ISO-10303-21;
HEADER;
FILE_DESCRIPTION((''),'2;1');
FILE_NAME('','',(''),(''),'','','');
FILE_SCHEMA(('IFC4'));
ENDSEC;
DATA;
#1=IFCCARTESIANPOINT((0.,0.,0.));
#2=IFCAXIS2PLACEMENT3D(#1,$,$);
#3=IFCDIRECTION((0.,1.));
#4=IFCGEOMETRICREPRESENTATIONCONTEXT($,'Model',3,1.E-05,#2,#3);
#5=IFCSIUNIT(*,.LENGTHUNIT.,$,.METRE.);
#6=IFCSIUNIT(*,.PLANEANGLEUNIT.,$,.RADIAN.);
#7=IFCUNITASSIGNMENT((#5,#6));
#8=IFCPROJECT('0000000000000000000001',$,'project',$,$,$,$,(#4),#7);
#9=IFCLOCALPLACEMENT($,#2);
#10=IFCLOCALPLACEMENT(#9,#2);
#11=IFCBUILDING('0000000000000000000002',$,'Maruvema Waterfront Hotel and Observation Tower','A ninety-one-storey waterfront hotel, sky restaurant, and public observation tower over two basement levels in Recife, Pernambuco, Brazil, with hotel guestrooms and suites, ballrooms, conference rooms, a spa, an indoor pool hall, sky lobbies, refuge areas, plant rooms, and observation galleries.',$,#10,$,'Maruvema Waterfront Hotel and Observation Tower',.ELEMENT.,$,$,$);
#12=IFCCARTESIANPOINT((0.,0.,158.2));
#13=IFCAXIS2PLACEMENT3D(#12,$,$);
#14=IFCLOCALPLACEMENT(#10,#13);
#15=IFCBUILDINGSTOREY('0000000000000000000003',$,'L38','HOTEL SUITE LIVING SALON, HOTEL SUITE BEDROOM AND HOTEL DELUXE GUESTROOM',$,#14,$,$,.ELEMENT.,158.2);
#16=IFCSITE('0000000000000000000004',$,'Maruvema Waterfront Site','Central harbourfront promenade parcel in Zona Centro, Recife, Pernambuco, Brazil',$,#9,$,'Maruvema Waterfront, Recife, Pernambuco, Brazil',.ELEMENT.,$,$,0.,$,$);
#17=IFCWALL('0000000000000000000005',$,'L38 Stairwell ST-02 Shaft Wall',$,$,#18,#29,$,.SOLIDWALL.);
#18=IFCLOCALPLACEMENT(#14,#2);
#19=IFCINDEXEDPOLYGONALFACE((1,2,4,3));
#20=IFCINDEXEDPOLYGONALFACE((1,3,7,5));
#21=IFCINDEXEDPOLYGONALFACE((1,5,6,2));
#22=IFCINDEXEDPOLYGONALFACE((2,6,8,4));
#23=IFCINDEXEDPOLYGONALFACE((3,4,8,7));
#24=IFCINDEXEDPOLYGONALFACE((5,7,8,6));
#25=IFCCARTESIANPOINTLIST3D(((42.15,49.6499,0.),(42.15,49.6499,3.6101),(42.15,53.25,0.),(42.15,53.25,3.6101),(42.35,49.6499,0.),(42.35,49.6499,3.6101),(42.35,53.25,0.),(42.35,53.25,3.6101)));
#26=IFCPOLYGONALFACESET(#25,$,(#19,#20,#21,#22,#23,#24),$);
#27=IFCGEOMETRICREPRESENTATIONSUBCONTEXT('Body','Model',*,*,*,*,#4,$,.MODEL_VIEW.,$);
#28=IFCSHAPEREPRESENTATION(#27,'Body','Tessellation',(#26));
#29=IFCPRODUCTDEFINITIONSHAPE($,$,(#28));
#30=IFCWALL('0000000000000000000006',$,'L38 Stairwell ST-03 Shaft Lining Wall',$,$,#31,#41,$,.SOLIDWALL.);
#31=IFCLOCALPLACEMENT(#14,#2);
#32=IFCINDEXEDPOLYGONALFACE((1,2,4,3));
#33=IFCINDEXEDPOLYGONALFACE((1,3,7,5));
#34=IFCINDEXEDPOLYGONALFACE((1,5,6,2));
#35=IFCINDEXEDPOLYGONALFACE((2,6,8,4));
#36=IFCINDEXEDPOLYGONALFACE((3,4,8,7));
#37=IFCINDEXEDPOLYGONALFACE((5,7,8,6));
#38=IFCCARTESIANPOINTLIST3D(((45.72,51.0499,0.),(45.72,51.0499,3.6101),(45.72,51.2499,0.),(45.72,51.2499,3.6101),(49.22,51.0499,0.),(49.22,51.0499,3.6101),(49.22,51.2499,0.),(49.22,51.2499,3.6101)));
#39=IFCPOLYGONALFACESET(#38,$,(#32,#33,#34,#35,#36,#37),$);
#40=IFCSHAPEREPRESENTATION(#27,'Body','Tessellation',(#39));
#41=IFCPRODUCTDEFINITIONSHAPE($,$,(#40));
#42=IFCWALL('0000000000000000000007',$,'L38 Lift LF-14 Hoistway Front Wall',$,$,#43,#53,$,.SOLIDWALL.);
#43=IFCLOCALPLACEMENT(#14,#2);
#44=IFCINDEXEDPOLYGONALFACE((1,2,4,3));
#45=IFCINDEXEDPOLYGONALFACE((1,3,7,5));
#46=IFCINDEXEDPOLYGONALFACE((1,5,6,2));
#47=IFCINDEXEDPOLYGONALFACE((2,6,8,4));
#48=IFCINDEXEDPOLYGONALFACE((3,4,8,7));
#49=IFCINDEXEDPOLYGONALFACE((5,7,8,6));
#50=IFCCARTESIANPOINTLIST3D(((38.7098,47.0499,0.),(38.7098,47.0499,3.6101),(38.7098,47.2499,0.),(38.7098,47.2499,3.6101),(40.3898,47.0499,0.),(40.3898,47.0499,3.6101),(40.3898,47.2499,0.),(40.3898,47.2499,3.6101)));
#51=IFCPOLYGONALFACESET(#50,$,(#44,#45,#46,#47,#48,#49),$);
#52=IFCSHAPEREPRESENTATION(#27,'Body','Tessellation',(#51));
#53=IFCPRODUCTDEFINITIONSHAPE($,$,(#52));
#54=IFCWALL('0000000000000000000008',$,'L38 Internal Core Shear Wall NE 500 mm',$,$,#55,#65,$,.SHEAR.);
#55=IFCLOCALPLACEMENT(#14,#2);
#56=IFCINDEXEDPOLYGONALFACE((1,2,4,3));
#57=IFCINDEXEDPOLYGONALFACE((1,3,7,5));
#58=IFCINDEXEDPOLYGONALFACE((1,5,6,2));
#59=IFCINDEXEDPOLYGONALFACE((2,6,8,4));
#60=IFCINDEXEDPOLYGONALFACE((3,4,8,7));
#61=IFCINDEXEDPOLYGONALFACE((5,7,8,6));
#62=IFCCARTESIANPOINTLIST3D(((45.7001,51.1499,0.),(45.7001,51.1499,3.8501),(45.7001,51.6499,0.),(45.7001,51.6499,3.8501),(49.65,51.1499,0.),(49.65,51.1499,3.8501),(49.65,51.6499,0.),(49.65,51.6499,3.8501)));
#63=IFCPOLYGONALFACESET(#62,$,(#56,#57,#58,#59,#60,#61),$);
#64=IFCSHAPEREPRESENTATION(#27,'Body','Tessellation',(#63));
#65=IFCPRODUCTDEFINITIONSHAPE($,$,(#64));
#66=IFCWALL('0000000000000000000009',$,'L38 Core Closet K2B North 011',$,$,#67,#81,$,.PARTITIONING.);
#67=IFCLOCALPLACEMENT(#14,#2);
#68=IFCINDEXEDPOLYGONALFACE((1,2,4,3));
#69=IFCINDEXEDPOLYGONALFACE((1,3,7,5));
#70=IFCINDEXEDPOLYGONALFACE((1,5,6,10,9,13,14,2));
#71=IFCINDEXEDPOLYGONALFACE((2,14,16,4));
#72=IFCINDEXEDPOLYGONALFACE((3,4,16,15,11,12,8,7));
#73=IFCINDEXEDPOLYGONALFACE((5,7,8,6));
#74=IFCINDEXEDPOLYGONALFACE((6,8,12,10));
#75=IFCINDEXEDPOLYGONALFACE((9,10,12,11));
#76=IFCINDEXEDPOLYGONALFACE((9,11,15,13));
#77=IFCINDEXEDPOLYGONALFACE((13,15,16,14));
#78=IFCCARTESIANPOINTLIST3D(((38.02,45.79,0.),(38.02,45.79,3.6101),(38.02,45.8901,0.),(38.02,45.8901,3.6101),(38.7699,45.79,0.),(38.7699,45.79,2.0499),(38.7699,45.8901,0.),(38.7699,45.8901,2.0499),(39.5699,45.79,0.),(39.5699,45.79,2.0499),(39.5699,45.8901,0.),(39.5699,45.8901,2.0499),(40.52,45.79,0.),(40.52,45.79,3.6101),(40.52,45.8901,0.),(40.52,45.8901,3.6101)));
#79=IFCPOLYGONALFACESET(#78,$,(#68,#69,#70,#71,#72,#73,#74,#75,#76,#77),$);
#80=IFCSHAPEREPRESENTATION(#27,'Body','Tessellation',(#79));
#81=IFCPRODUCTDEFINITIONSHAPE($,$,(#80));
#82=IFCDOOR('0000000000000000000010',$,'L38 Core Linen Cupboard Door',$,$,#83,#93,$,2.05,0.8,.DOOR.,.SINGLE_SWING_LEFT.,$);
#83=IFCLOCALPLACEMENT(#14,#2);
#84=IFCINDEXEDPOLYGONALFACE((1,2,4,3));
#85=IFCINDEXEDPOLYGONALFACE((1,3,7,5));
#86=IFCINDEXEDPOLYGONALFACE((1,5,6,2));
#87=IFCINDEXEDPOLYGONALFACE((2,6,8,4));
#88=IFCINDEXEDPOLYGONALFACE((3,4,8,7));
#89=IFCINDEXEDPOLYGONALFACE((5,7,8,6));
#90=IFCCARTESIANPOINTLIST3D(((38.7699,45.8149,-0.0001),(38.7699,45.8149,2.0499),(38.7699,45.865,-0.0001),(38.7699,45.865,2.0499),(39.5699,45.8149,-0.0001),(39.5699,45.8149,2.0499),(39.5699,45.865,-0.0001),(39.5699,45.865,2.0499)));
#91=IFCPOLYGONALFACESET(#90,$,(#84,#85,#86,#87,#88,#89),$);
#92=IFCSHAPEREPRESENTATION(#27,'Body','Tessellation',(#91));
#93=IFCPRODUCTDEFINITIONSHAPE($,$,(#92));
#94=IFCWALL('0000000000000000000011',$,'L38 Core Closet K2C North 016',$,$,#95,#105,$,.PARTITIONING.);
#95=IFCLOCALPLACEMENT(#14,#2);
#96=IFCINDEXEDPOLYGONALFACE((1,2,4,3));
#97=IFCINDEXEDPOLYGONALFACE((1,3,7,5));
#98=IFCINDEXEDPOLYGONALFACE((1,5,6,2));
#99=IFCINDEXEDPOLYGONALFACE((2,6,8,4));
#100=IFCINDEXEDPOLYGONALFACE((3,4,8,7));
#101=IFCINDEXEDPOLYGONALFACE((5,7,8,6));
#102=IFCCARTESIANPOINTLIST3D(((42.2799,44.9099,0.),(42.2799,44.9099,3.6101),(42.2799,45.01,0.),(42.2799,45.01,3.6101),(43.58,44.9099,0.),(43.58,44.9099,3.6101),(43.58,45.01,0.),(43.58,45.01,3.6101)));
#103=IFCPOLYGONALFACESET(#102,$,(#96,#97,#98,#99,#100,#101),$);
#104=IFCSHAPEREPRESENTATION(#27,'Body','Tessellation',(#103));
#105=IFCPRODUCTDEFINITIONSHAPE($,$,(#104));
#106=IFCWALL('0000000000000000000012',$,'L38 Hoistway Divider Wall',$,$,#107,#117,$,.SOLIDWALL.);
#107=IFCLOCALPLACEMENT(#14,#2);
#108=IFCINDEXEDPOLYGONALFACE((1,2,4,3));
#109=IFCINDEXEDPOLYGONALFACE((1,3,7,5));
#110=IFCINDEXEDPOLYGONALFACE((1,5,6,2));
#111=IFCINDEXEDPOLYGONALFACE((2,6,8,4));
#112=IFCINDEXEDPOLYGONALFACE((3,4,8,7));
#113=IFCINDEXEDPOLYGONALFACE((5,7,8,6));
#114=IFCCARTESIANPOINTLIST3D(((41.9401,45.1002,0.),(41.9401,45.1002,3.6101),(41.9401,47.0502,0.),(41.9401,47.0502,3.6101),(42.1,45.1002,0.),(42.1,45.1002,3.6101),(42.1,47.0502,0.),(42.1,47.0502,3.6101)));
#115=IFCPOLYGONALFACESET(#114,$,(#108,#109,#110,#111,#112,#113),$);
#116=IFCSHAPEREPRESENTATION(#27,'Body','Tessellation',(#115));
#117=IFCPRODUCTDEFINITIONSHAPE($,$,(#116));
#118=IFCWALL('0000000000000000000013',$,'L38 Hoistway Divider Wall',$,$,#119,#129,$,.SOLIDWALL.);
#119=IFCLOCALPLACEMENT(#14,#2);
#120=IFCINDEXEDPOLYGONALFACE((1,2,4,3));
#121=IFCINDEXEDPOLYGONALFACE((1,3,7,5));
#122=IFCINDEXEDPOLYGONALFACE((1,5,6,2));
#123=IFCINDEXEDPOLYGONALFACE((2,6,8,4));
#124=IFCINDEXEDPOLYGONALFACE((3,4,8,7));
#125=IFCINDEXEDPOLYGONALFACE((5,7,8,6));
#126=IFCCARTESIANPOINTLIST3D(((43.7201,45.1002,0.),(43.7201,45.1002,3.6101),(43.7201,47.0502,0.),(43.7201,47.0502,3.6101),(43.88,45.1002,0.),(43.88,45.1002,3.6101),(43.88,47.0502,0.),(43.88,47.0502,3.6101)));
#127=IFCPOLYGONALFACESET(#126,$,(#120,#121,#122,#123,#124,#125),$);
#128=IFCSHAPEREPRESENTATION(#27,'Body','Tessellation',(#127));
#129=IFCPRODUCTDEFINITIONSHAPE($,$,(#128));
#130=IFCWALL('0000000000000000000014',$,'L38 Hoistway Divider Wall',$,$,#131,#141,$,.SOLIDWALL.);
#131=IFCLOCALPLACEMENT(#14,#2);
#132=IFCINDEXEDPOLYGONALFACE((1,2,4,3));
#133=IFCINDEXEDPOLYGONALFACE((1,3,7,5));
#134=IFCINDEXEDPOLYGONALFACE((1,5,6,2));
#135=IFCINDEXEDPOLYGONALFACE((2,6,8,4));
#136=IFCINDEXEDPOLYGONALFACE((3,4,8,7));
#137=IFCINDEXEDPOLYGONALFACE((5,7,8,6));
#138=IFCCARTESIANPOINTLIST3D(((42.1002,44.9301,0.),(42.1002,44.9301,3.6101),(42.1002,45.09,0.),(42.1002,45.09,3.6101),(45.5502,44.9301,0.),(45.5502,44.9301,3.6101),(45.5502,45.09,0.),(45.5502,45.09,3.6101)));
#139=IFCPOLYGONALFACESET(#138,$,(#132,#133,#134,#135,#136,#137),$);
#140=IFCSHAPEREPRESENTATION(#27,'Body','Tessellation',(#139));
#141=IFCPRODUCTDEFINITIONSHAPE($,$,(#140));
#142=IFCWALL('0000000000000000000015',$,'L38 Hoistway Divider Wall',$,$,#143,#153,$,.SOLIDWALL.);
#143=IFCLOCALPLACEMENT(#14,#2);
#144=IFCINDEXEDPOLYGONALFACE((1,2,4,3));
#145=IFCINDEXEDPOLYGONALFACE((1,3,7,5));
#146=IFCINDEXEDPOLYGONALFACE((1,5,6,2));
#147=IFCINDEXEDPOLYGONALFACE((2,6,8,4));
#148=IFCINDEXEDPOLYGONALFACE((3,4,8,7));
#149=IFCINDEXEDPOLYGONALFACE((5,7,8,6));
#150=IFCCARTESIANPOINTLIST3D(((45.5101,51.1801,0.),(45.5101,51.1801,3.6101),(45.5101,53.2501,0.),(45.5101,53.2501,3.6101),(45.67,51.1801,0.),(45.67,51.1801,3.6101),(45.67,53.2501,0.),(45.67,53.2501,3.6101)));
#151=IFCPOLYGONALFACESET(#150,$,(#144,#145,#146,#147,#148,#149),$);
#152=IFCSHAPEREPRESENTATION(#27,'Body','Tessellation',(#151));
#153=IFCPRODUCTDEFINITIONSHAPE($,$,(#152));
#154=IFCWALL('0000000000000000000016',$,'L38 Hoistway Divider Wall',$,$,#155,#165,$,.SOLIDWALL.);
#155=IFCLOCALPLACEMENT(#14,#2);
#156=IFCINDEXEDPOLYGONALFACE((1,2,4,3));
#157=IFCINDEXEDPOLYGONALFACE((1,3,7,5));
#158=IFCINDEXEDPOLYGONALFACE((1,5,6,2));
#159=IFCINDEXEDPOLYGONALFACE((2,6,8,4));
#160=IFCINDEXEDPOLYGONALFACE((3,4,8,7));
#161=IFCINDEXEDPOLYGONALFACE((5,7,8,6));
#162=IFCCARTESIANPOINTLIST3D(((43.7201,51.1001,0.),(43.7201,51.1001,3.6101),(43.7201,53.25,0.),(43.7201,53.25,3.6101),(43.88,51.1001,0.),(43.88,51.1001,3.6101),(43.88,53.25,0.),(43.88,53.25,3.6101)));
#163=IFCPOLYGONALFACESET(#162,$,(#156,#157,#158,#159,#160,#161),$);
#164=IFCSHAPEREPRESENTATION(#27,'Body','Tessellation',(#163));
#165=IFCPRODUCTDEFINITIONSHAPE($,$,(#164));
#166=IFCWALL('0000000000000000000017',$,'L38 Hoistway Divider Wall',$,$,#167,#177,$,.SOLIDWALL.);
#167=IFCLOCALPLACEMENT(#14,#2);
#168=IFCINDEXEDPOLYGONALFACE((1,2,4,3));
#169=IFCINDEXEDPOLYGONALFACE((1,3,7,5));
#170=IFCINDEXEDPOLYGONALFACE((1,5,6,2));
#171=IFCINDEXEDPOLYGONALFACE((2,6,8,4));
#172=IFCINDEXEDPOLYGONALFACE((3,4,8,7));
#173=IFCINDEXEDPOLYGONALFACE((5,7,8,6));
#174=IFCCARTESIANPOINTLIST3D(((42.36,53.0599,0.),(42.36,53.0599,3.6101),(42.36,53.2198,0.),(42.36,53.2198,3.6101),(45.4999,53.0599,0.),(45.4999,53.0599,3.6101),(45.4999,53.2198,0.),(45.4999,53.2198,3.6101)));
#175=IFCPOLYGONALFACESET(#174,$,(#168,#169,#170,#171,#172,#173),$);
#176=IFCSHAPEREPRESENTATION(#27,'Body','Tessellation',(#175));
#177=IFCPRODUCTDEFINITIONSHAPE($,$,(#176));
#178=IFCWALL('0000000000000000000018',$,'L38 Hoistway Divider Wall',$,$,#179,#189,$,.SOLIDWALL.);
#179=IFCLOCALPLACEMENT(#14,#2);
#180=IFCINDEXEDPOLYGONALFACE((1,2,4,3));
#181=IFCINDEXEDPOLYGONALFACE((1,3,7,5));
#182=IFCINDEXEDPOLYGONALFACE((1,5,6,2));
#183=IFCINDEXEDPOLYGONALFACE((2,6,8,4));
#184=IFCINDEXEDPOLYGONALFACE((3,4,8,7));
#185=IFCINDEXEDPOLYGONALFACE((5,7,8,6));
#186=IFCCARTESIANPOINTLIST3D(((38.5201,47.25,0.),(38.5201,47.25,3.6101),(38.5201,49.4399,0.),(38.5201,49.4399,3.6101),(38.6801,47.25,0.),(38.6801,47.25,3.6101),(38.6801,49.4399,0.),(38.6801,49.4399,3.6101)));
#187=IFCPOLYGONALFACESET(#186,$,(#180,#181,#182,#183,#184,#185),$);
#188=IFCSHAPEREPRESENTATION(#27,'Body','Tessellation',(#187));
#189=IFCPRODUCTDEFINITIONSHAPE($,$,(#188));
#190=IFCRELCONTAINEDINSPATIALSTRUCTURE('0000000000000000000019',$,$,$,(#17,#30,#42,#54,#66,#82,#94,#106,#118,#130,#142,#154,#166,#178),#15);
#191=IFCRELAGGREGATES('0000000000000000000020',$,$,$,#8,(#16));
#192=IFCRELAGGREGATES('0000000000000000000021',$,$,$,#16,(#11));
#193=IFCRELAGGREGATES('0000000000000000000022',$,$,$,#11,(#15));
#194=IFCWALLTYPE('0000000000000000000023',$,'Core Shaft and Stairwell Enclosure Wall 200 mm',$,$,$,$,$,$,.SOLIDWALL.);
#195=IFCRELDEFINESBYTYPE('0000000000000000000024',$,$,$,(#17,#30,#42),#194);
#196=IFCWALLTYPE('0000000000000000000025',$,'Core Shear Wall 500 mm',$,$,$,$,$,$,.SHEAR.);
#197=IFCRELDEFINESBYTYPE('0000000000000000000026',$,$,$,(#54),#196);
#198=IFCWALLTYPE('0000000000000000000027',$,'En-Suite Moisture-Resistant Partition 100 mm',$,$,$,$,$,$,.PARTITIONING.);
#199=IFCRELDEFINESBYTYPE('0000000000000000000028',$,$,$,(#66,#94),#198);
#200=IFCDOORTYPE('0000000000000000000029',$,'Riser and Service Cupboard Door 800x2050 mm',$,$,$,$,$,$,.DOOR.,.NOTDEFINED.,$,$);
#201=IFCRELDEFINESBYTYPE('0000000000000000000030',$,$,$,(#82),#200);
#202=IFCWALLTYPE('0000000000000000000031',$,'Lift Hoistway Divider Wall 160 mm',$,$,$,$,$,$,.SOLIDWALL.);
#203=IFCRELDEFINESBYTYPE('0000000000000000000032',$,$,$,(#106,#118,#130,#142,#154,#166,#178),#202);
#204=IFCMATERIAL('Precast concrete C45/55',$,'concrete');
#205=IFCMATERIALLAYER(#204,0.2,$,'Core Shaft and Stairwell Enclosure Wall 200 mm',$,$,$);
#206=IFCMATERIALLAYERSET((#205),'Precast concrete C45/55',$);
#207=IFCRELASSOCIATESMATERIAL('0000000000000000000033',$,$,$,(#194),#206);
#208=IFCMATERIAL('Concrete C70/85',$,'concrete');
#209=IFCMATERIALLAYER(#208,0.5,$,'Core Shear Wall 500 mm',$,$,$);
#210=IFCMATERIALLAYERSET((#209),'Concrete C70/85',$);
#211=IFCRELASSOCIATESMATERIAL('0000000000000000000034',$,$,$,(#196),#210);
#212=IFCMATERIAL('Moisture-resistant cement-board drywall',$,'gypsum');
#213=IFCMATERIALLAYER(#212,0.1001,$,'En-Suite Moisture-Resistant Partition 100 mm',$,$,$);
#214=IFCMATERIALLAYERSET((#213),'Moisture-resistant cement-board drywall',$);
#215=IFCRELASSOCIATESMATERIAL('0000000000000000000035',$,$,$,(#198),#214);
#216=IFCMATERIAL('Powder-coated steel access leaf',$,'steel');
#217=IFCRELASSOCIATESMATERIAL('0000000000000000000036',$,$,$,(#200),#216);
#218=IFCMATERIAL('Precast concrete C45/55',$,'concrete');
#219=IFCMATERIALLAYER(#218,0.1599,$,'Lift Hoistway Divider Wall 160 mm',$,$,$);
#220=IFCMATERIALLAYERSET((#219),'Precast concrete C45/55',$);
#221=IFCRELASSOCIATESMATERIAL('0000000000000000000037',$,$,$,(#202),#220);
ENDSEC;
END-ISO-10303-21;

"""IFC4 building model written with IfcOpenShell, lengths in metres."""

from ifc_helpers import new_model, si_unit, direction, frame, frame_2d, origin, place, context, subcontext, project, spatial, rectangle, extrude, material, layer, layer_set, type_object, element, fill, save


model = new_model("IFC4")

# Units and contexts
model_context = context("Model", 3, precision=1e-05, world=origin(), true_north=direction((0.0, 1.0)))
body_context = subcontext(model_context, "Body", "Model", "MODEL_VIEW")
ifc_project = project(units=[si_unit("LENGTHUNIT", "METRE"), si_unit("PLANEANGLEUNIT", "RADIAN")], contexts=[model_context])

# Site, building, storey
site_placement = place(None, origin())
site = spatial("IfcSite", under=ifc_project, at=site_placement, Name="Maruvema Waterfront Site", Description="Central harbourfront promenade parcel in Zona Centro, Recife, Pernambuco, Brazil", LongName="Maruvema Waterfront, Recife, Pernambuco, Brazil", CompositionType="ELEMENT", RefElevation=0.0)
building_placement = place(site_placement, origin())
building = spatial("IfcBuilding", under=site, at=building_placement, Name="Maruvema Waterfront Hotel and Observation Tower", Description="A ninety-one-storey waterfront hotel, sky restaurant, and public observation tower over two basement levels in Recife, Pernambuco, Brazil, with hotel guestrooms and suites, ballrooms, conference rooms, a spa, an indoor pool hall, sky lobbies, refuge areas, plant rooms, and observation galleries.", LongName="Maruvema Waterfront Hotel and Observation Tower", CompositionType="ELEMENT")
storey_placement = place(building_placement, frame((0.0, 0.0, 158.2)))
storey = spatial("IfcBuildingStorey", under=building, at=storey_placement, Name="L38", Description="HOTEL SUITE LIVING SALON, HOTEL SUITE BEDROOM AND HOTEL DELUXE GUESTROOM", CompositionType="ELEMENT", Elevation=158.2)

# Walls
ifc_material_1 = material(Name="Precast concrete C45/55", Category="concrete")
ifc_layer_1 = layer(ifc_material_1, 0.2, Name="Core Shaft and Stairwell Enclosure Wall 200 mm")
ifc_layer_set_1 = layer_set([ifc_layer_1], Name="Precast concrete C45/55")
wall_type_1 = type_object("IfcWallType", Name="Core Shaft and Stairwell Enclosure Wall 200 mm", PredefinedType="SOLIDWALL", material=ifc_layer_set_1)
wall_1_placement = place(storey_placement, frame((42.25, 49.6499, 0.0), z_axis=(0.0, 0.0, 1.0), x_axis=(0.0, 1.0, 0.0)))
element("IfcWall", 1, at=wall_1_placement, inside=storey, type_object=wall_type_1, Name="L38 Stairwell ST-02 Shaft Wall", PredefinedType="SOLIDWALL", context=body_context, shape_type="SweptSolid", body=[
    extrude(rectangle(XDim=3.6001, YDim=0.2, at=frame_2d((1.8, 0.0))), origin(), (0.0, 0.0, 1.0), 3.6101),
])
wall_2_placement = place(storey_placement, frame((45.72, 51.1499, 0.0), z_axis=(0.0, 0.0, 1.0), x_axis=(1.0, 0.0, 0.0)))
element("IfcWall", 2, at=wall_2_placement, inside=storey, type_object=wall_type_1, Name="L38 Stairwell ST-03 Shaft Lining Wall", PredefinedType="SOLIDWALL", context=body_context, shape_type="SweptSolid", body=[
    extrude(rectangle(XDim=3.5, YDim=0.2, at=frame_2d((1.75, 0.0))), origin(), (0.0, 0.0, 1.0), 3.6101),
])

# Walls
wall_3_placement = place(storey_placement, frame((38.71, 47.1499, 0.0), z_axis=(0.0, 0.0, 1.0), x_axis=(1.0, 0.0, 0.0)))
element("IfcWall", 3, at=wall_3_placement, inside=storey, type_object=wall_type_1, Name="L38 Lift LF-14 Hoistway Front Wall", PredefinedType="SOLIDWALL", context=body_context, shape_type="SweptSolid", body=[
    extrude(rectangle(XDim=1.6799, YDim=0.2, at=frame_2d((0.8398, 0.0))), origin(), (0.0, 0.0, 1.0), 3.6101),
])
ifc_material_2 = material(Name="Concrete C70/85", Category="concrete")
ifc_layer_2 = layer(ifc_material_2, 0.5, Name="Core Shear Wall 500 mm")
ifc_layer_set_2 = layer_set([ifc_layer_2], Name="Concrete C70/85")
wall_type_2 = type_object("IfcWallType", Name="Core Shear Wall 500 mm", PredefinedType="SHEAR", material=ifc_layer_set_2)
wall_4_placement = place(storey_placement, frame((45.7, 51.3999, 0.0), z_axis=(0.0, 0.0, 1.0), x_axis=(1.0, 0.0, 0.0)))
element("IfcWall", 4, at=wall_4_placement, inside=storey, type_object=wall_type_2, Name="L38 Internal Core Shear Wall NE 500 mm", PredefinedType="SHEAR", context=body_context, shape_type="SweptSolid", body=[
    extrude(rectangle(XDim=3.95, YDim=0.5, at=frame_2d((1.9751, 0.0))), origin(), (0.0, 0.0, 1.0), 3.8501),
])

# Wall, opening, door
ifc_material_3 = material(Name="Moisture-resistant cement-board drywall", Category="gypsum")
ifc_layer_3 = layer(ifc_material_3, 0.1001, Name="En-Suite Moisture-Resistant Partition 100 mm")
ifc_layer_set_3 = layer_set([ifc_layer_3], Name="Moisture-resistant cement-board drywall")
wall_type_3 = type_object("IfcWallType", Name="En-Suite Moisture-Resistant Partition 100 mm", PredefinedType="PARTITIONING", material=ifc_layer_set_3)
wall_5_placement = place(storey_placement, frame((38.02, 45.8401, 0.0), z_axis=(0.0, 0.0, 1.0), x_axis=(1.0, 0.0, 0.0)))
wall_5 = element("IfcWall", 5, at=wall_5_placement, inside=storey, type_object=wall_type_3, Name="L38 Core Closet K2B North 011", PredefinedType="PARTITIONING", context=body_context, shape_type="SweptSolid", body=[
    extrude(rectangle(XDim=2.5, YDim=0.1001, at=frame_2d((1.25, 0.0))), origin(), (0.0, 0.0, 1.0), 3.6101),
])
opening_1_placement = place(wall_5_placement, frame((0.75, 0.0, 0.0)))
opening_1 = element("IfcOpeningElement", 6, at=opening_1_placement, cuts=wall_5, PredefinedType="OPENING", context=body_context, shape_type="SweptSolid", body=[
    extrude(rectangle(XDim=0.8, YDim=2.05, at=frame_2d((0.3999, 1.0249))), frame((0.0, 0.0601, 0.0), z_axis=(0.0, -1.0, 0.0), x_axis=(1.0, 0.0, 0.0)), (0.0, 0.0, 1.0), 0.1201),
])
ifc_material_4 = material(Name="Powder-coated steel access leaf", Category="steel")
door_type_1 = type_object("IfcDoorType", Name="Riser and Service Cupboard Door 800x2050 mm", OperationType="NOTDEFINED", PredefinedType="DOOR", material=ifc_material_4)
door_1_placement = place(opening_1_placement, origin())
door_1 = element("IfcDoor", 7, at=door_1_placement, inside=storey, type_object=door_type_1, Name="L38 Core Linen Cupboard Door", OperationType="SINGLE_SWING_LEFT", OverallHeight=2.05, OverallWidth=0.8, PredefinedType="DOOR", context=body_context, shape_type="SweptSolid", body=[
    extrude(rectangle(XDim=0.8, YDim=2.05, at=frame_2d((0.3999, 1.0249))), frame((0.0, 0.0249, 0.0), z_axis=(0.0, -1.0, 0.0), x_axis=(1.0, 0.0, 0.0)), (0.0, 0.0, 1.0), 0.05),
])
fill(opening_1, door_1)

# Walls
wall_6_placement = place(storey_placement, frame((42.28, 44.96, 0.0), z_axis=(0.0, 0.0, 1.0), x_axis=(1.0, 0.0, 0.0)))
element("IfcWall", 8, at=wall_6_placement, inside=storey, type_object=wall_type_3, Name="L38 Core Closet K2C North 016", PredefinedType="PARTITIONING", context=body_context, shape_type="SweptSolid", body=[
    extrude(rectangle(XDim=1.3, YDim=0.1001, at=frame_2d((0.6499, 0.0))), origin(), (0.0, 0.0, 1.0), 3.6101),
])
ifc_material_5 = material(Name="Precast concrete C45/55", Category="concrete")
ifc_layer_4 = layer(ifc_material_5, 0.1599, Name="Lift Hoistway Divider Wall 160 mm")
ifc_layer_set_4 = layer_set([ifc_layer_4], Name="Precast concrete C45/55")
wall_type_4 = type_object("IfcWallType", Name="Lift Hoistway Divider Wall 160 mm", PredefinedType="SOLIDWALL", material=ifc_layer_set_4)
for number, where, z_axis, x_axis, name in (
    (9, (42.02, 45.1001, 0.0), (0.0, 0.0, 1.0), (0.0, 1.0, 0.0), "L38 Hoistway Divider Wall"),
    (10, (43.8, 45.1001, 0.0), (0.0, 0.0, 1.0), (0.0, 1.0, 0.0), "L38 Hoistway Divider Wall"),
):
    element("IfcWall", number, at=place(storey_placement, frame(where, z_axis=z_axis, x_axis=x_axis)), inside=storey, type_object=wall_type_4, Name=name, PredefinedType="SOLIDWALL", context=body_context, shape_type="SweptSolid", body=[
        extrude(rectangle(XDim=1.95, YDim=0.1599, at=frame_2d((0.9751, 0.0))), origin(), (0.0, 0.0, 1.0), 3.6101),
    ])
wall_7_placement = place(storey_placement, frame((42.1001, 45.01, 0.0), z_axis=(0.0, 0.0, 1.0), x_axis=(1.0, 0.0, 0.0)))
element("IfcWall", 11, at=wall_7_placement, inside=storey, type_object=wall_type_4, Name="L38 Hoistway Divider Wall", PredefinedType="SOLIDWALL", context=body_context, shape_type="SweptSolid", body=[
    extrude(rectangle(XDim=3.45, YDim=0.1599, at=frame_2d((1.7251, 0.0))), origin(), (0.0, 0.0, 1.0), 3.6101),
])
wall_8_placement = place(storey_placement, frame((45.5901, 51.1799, 0.0), z_axis=(0.0, 0.0, 1.0), x_axis=(0.0, 1.0, 0.0)))
element("IfcWall", 12, at=wall_8_placement, inside=storey, type_object=wall_type_4, Name="L38 Hoistway Divider Wall", PredefinedType="SOLIDWALL", context=body_context, shape_type="SweptSolid", body=[
    extrude(rectangle(XDim=2.0701, YDim=0.1599, at=frame_2d((1.0352, 0.0))), origin(), (0.0, 0.0, 1.0), 3.6101),
])
wall_9_placement = place(storey_placement, frame((43.8, 51.1001, 0.0), z_axis=(0.0, 0.0, 1.0), x_axis=(0.0, 1.0, 0.0)))
element("IfcWall", 13, at=wall_9_placement, inside=storey, type_object=wall_type_4, Name="L38 Hoistway Divider Wall", PredefinedType="SOLIDWALL", context=body_context, shape_type="SweptSolid", body=[
    extrude(rectangle(XDim=2.1499, YDim=0.1599, at=frame_2d((1.075, 0.0))), origin(), (0.0, 0.0, 1.0), 3.6101),
])
wall_10_placement = place(storey_placement, frame((42.3601, 53.1399, 0.0), z_axis=(0.0, 0.0, 1.0), x_axis=(1.0, 0.0, 0.0)))
element("IfcWall", 14, at=wall_10_placement, inside=storey, type_object=wall_type_4, Name="L38 Hoistway Divider Wall", PredefinedType="SOLIDWALL", context=body_context, shape_type="SweptSolid", body=[
    extrude(rectangle(XDim=3.1399, YDim=0.1599, at=frame_2d((1.5698, 0.0))), origin(), (0.0, 0.0, 1.0), 3.6101),
])
for number, where, z_axis, x_axis, name in (
    (15, (38.6001, 47.25, 0.0), (0.0, 0.0, 1.0), (0.0, 1.0, 0.0), "L38 Hoistway Divider Wall"),
):
    element("IfcWall", number, at=place(storey_placement, frame(where, z_axis=z_axis, x_axis=x_axis)), inside=storey, type_object=wall_type_4, Name=name, PredefinedType="SOLIDWALL", context=body_context, shape_type="SweptSolid", body=[
        extrude(rectangle(XDim=2.1899, YDim=0.1599, at=frame_2d((1.095, 0.0))), origin(), (0.0, 0.0, 1.0), 3.6101),
    ])

save(model, "model.ifc")
